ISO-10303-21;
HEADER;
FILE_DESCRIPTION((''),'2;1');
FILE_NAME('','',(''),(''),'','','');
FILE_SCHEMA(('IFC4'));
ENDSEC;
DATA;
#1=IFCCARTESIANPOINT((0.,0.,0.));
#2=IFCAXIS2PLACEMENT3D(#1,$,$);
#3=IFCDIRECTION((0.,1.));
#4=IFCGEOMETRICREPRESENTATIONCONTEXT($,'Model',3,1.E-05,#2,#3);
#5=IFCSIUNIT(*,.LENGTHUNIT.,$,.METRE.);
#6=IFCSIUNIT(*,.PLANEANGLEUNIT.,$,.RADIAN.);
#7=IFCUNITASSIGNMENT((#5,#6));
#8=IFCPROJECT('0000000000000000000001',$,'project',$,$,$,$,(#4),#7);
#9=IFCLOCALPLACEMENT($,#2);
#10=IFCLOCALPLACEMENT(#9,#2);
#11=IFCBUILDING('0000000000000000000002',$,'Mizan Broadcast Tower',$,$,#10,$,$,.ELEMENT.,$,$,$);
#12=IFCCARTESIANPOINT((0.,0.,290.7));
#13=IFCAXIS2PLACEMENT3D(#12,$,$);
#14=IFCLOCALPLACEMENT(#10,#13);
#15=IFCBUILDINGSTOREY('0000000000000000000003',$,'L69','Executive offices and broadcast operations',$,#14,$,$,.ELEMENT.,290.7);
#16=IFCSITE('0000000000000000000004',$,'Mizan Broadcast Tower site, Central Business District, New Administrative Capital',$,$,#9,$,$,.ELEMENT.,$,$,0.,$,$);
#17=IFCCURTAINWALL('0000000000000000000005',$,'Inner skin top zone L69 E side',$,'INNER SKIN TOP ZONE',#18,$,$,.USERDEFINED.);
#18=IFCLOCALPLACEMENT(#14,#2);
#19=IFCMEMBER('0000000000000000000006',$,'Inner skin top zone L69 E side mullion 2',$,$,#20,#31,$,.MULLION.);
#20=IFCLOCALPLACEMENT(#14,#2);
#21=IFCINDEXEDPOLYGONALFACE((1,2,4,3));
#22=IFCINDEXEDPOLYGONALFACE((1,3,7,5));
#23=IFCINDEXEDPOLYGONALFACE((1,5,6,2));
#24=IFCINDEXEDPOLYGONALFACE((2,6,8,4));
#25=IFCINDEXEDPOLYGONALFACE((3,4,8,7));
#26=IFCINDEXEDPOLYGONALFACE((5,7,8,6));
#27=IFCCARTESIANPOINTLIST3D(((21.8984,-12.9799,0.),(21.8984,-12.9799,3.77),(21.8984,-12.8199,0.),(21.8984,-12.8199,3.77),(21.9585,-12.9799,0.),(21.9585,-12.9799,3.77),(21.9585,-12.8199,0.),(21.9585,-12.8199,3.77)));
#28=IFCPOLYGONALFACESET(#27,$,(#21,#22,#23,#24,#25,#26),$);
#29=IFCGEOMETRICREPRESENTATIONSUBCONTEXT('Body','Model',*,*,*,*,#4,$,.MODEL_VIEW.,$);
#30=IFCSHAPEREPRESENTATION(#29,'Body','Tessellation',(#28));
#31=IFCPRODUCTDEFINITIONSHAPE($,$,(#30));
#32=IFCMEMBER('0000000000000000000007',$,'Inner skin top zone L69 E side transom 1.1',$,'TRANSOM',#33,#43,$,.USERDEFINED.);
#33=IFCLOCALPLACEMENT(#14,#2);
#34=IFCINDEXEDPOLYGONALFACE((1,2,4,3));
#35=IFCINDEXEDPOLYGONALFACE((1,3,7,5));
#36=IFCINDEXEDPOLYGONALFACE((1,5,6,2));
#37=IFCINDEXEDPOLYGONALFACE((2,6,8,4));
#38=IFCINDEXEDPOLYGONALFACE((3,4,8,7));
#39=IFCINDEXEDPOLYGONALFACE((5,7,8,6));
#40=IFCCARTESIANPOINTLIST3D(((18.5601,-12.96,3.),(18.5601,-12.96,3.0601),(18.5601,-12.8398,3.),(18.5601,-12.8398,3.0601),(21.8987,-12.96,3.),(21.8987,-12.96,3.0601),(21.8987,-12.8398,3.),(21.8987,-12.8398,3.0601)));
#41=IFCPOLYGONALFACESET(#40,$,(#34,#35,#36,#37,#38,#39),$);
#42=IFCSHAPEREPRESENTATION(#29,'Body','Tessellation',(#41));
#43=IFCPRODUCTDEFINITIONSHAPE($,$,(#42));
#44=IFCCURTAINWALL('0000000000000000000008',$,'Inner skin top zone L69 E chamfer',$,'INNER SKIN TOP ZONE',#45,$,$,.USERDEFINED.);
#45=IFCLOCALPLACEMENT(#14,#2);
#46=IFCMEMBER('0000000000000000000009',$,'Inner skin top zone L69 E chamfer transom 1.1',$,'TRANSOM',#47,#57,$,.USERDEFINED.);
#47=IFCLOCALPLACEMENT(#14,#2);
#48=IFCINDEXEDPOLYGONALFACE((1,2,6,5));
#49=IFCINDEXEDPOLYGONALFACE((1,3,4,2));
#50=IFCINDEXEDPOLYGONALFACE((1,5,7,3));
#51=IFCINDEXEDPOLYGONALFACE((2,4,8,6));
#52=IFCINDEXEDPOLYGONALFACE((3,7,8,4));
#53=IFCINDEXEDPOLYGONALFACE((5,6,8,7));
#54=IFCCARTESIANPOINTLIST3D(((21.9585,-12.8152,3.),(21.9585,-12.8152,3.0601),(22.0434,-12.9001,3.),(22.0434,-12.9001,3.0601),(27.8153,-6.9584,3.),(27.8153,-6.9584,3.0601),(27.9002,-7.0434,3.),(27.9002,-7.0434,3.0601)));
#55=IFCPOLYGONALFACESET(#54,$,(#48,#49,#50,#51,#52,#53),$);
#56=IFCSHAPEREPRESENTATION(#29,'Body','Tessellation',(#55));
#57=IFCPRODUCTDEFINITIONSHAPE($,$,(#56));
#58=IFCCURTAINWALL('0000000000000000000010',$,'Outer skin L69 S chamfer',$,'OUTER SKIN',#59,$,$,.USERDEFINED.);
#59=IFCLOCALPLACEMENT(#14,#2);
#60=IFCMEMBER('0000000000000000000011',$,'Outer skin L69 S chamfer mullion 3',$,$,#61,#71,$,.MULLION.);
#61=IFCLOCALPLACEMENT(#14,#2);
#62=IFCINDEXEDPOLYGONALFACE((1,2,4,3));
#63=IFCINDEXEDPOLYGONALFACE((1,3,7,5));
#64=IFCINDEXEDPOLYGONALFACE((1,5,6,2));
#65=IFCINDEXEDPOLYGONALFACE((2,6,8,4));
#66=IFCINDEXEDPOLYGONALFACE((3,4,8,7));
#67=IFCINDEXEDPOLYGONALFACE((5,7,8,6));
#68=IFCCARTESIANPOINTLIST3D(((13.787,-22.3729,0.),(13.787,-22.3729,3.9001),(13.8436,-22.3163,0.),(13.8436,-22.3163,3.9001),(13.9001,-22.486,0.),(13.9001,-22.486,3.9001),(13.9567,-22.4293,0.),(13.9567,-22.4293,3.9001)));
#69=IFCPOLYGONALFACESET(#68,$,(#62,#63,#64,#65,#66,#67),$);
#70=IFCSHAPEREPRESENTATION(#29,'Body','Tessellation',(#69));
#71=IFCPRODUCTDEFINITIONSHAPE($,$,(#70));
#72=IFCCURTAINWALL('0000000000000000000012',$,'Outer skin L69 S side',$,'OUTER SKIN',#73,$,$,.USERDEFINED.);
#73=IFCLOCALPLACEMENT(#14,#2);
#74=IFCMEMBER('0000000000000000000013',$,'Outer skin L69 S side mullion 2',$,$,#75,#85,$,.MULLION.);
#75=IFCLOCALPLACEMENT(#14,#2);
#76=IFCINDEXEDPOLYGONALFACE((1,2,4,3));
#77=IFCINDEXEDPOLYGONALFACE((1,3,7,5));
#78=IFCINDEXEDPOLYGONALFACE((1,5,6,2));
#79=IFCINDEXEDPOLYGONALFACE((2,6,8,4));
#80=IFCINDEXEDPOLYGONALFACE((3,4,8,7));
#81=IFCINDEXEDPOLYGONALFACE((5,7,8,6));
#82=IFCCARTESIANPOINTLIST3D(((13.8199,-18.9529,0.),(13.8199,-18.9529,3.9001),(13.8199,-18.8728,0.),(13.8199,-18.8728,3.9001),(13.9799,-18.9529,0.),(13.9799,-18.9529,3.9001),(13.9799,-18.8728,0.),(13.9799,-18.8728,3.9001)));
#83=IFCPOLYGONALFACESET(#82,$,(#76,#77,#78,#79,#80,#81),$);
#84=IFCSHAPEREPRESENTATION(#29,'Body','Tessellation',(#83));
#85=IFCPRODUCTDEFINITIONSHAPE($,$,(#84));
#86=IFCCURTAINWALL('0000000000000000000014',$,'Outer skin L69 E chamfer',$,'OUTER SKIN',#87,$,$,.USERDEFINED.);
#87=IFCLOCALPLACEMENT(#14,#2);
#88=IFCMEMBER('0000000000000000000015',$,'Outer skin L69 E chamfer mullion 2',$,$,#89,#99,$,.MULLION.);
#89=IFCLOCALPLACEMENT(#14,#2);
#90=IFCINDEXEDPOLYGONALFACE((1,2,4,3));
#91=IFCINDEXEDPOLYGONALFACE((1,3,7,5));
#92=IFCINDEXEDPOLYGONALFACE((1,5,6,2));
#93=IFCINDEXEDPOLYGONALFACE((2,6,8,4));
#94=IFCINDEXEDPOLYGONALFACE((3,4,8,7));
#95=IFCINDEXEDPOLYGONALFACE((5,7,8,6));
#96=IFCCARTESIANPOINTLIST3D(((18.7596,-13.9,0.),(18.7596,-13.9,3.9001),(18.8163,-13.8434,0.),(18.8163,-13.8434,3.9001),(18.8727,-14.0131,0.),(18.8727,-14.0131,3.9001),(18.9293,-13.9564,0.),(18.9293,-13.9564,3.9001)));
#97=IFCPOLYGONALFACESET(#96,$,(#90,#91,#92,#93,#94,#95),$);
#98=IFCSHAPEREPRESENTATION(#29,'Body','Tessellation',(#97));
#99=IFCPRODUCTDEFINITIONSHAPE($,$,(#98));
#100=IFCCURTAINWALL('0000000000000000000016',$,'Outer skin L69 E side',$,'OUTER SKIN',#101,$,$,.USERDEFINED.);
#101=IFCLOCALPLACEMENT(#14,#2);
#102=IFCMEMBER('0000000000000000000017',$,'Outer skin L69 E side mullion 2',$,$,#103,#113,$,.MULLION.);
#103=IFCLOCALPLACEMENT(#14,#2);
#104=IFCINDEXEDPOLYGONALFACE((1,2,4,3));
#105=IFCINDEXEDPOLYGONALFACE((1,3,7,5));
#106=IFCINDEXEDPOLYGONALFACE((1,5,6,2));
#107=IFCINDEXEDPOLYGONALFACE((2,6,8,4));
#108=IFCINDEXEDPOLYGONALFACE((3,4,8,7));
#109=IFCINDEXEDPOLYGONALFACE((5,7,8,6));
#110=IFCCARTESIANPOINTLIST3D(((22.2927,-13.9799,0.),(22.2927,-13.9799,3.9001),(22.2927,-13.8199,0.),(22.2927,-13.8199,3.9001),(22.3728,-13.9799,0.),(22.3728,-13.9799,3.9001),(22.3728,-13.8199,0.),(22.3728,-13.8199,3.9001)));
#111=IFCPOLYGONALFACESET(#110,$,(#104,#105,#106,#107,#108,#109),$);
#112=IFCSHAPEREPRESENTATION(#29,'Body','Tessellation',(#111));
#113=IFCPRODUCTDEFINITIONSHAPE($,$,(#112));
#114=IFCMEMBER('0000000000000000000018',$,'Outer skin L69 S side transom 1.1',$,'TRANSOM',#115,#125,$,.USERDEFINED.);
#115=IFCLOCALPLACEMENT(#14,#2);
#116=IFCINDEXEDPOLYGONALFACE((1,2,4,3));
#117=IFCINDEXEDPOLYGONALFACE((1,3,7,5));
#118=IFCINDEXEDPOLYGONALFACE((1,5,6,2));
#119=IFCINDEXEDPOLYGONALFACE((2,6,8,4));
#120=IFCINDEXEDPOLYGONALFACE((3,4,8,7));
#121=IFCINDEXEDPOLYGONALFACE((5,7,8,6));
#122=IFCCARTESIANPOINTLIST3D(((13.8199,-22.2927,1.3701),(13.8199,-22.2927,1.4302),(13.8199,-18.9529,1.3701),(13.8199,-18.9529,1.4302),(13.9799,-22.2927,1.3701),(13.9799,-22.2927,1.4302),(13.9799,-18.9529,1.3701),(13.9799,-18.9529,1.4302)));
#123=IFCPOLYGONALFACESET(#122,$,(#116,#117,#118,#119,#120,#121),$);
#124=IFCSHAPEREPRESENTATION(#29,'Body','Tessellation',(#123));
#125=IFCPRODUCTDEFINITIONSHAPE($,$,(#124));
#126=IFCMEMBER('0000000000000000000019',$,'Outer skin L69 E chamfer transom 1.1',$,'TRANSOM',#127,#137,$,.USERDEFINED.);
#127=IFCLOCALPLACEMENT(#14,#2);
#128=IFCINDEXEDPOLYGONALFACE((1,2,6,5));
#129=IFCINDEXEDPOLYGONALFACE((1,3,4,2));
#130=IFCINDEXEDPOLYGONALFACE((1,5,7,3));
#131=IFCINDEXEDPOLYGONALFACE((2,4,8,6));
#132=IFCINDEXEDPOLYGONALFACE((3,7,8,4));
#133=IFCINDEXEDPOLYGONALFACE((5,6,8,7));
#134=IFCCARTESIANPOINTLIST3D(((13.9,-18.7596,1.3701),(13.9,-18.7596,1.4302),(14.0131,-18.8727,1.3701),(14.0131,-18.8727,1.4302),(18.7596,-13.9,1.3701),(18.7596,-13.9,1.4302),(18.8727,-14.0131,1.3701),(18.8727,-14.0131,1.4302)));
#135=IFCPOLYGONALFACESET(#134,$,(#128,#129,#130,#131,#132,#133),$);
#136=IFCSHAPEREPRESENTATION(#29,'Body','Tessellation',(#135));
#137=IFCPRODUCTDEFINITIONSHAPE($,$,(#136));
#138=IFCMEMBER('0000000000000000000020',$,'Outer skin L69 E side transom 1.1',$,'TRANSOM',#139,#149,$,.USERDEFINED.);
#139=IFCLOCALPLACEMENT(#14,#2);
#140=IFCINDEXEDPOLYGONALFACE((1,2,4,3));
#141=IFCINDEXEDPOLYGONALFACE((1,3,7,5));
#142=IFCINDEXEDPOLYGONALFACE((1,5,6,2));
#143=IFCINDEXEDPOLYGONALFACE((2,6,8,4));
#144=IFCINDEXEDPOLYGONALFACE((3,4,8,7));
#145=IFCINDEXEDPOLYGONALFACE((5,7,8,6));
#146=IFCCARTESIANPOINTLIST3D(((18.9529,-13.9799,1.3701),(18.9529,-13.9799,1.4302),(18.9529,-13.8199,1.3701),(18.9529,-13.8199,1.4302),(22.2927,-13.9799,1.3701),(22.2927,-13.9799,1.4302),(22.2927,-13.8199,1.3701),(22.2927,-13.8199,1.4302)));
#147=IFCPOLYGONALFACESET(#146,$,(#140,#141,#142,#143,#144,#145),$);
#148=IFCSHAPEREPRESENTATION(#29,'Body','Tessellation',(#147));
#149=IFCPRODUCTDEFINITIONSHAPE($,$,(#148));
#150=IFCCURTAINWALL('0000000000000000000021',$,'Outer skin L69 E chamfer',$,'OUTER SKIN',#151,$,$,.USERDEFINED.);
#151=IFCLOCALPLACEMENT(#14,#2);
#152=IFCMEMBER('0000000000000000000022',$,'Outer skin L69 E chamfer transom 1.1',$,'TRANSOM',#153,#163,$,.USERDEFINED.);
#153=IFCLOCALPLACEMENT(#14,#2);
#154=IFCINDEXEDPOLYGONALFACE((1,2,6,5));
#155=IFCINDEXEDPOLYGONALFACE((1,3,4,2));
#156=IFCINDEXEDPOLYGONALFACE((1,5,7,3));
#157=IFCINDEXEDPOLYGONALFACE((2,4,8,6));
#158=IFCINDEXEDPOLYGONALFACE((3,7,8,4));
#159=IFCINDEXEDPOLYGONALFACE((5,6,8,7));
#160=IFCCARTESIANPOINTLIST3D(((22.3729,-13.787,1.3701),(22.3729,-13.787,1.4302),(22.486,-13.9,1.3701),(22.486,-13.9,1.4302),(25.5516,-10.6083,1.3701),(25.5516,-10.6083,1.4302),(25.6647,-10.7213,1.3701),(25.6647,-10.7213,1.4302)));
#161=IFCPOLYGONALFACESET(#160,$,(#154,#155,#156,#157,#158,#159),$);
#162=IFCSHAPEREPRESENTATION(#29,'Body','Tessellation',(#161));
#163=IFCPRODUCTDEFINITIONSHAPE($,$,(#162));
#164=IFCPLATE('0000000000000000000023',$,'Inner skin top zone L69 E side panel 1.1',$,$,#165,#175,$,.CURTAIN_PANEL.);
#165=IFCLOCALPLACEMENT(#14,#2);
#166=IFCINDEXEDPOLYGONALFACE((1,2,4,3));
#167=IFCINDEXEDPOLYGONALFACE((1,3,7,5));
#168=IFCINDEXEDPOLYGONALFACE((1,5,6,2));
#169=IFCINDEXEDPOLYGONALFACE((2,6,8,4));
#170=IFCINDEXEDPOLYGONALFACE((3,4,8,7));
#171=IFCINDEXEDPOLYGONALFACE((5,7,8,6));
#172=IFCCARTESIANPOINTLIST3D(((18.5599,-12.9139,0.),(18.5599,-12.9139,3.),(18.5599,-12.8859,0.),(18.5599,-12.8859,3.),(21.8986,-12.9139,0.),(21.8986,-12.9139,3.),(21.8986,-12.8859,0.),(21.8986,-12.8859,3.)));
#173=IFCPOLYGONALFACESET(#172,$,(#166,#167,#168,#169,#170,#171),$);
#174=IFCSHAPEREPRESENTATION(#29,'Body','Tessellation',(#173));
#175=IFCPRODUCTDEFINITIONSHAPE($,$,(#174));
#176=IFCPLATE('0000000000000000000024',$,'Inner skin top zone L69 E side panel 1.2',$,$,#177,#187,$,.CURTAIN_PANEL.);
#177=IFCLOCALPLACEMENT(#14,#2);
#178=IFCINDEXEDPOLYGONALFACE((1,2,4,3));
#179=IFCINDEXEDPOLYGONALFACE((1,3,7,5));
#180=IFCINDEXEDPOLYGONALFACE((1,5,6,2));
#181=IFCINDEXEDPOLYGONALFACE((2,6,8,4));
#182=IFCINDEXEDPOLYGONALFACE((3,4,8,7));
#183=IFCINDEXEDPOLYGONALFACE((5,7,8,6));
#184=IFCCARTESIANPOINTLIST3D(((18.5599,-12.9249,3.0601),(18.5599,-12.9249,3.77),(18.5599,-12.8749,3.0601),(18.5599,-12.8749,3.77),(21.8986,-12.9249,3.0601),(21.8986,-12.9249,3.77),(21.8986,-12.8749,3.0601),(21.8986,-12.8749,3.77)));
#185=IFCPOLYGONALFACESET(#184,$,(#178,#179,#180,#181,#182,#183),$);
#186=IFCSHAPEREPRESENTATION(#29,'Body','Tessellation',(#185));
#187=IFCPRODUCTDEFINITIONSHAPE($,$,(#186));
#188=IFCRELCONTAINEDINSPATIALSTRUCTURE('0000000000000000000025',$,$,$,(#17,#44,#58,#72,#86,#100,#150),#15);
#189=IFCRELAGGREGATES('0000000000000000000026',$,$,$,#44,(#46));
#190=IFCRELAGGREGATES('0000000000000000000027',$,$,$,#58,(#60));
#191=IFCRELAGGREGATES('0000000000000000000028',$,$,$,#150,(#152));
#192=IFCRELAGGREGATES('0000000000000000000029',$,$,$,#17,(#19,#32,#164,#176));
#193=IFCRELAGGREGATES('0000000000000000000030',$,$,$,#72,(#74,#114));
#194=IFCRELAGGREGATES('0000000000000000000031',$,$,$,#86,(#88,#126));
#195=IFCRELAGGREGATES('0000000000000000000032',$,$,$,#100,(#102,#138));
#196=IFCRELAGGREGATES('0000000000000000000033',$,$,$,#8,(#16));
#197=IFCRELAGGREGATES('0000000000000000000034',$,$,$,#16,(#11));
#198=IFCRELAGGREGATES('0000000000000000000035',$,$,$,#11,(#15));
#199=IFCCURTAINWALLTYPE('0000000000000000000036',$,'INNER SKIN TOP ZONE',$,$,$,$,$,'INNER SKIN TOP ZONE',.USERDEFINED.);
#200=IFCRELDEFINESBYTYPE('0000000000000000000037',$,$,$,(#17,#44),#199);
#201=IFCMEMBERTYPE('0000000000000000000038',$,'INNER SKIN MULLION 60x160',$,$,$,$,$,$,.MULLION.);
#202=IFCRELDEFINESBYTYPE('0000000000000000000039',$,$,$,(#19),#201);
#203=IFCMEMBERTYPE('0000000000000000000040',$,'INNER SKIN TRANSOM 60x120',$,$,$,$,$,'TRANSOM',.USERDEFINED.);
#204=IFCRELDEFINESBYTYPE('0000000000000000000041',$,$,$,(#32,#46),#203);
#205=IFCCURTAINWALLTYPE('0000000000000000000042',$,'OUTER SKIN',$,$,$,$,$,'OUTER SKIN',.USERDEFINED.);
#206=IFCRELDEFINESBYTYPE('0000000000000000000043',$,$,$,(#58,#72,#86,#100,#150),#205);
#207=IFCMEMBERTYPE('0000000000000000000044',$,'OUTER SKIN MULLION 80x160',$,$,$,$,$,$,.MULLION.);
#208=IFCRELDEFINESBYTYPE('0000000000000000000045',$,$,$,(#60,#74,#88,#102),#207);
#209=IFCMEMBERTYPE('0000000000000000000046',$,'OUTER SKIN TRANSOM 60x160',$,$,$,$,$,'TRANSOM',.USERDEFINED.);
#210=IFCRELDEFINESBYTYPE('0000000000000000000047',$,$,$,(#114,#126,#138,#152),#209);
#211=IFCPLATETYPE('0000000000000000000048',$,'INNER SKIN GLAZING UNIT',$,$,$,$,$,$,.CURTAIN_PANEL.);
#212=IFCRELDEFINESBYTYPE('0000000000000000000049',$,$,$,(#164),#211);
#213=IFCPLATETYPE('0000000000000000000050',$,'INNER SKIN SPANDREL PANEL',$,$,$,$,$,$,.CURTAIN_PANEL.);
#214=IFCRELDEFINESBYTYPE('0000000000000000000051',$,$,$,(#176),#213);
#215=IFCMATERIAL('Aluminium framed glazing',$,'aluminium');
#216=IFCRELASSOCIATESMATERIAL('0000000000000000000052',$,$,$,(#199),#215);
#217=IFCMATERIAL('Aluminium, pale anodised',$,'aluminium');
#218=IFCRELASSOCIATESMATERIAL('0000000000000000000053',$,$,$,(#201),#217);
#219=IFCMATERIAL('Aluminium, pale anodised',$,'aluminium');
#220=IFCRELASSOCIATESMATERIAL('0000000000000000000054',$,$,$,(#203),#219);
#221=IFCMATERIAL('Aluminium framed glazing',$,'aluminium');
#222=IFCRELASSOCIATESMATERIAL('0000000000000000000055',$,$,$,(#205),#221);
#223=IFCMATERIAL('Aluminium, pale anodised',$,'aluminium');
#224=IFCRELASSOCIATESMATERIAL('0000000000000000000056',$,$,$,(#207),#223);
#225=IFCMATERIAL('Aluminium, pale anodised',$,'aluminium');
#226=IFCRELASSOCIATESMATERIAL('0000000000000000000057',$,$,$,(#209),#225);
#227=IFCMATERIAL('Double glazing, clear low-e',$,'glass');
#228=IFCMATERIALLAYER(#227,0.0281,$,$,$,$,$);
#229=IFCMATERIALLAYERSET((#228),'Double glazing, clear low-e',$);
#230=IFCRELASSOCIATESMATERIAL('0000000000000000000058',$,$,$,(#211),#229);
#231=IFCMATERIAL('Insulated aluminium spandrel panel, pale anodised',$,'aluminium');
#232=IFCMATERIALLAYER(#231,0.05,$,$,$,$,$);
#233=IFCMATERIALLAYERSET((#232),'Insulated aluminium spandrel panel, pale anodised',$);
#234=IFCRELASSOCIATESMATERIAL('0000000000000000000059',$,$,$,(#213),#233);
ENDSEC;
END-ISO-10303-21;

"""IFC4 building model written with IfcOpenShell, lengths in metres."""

from ifc_helpers import new_model, si_unit, direction, frame, origin, origin_2d, place, context, subcontext, project, spatial, rectangle, extrude, material, layer, layer_set, material_profile, profile_set, type_object, element, aggregate, save


model = new_model("IFC4")

# Units and contexts
model_context = context("Model", 3, precision=1e-05, world=origin(), true_north=direction((0.0, 1.0)))
body_context = subcontext(model_context, "Body", "Model", "MODEL_VIEW")
ifc_project = project(units=[si_unit("LENGTHUNIT", "METRE"), si_unit("PLANEANGLEUNIT", "RADIAN")], contexts=[model_context])

# Site, building, storey
site_placement = place(None, origin())
site = spatial("IfcSite", under=ifc_project, at=site_placement, Name="Mizan Broadcast Tower site, Central Business District, New Administrative Capital", CompositionType="ELEMENT", RefElevation=0.0)
building_placement = place(site_placement, origin())
building = spatial("IfcBuilding", under=site, at=building_placement, Name="Mizan Broadcast Tower", CompositionType="ELEMENT")
storey_placement = place(building_placement, frame((0.0, 0.0, 290.7)))
storey = spatial("IfcBuildingStorey", under=building, at=storey_placement, Name="L69", Description="Executive offices and broadcast operations", CompositionType="ELEMENT", Elevation=290.7)

# Curtain wall, members
ifc_material_1 = material(Name="Aluminium framed glazing", Category="aluminium")
curtain_wall_type_1 = type_object("IfcCurtainWallType", Name="INNER SKIN TOP ZONE", ElementType="INNER SKIN TOP ZONE", PredefinedType="USERDEFINED", material=ifc_material_1)
curtain_wall_1_placement = place(storey_placement, origin())
curtain_wall_1 = element("IfcCurtainWall", 1, at=curtain_wall_1_placement, inside=storey, type_object=curtain_wall_type_1, Name="Inner skin top zone L69 E side", ObjectType="INNER SKIN TOP ZONE", PredefinedType="USERDEFINED")
ifc_material_2 = material(Name="Aluminium, pale anodised", Category="aluminium")
ifc_material_profile_1 = material_profile(ifc_material_2, rectangle(XDim=0.1599, YDim=0.0601, at=origin_2d()), Name="MULLION 160x60")
ifc_profile_set_1 = profile_set([ifc_material_profile_1], Name="Aluminium, pale anodised")
member_type_1 = type_object("IfcMemberType", Name="INNER SKIN MULLION 60x160", PredefinedType="MULLION", material=ifc_profile_set_1)
member_1_placement = place(storey_placement, frame((21.9285, -12.8999, 0.0), z_axis=(0.0, 0.0, 1.0), x_axis=(0.0, 1.0, 0.0)))
member_1 = element("IfcMember", 2, at=member_1_placement, type_object=member_type_1, Name="Inner skin top zone L69 E side mullion 2", PredefinedType="MULLION", context=body_context, shape_type="SweptSolid", body=[
    extrude(rectangle(XDim=0.1599, YDim=0.0601, at=origin_2d()), origin(), (0.0, 0.0, 1.0), 3.77),
])
ifc_material_3 = material(Name="Aluminium, pale anodised", Category="aluminium")
ifc_material_profile_2 = material_profile(ifc_material_3, rectangle(XDim=0.1201, YDim=0.0601, at=origin_2d()), Name="TRANSOM 120x60")
ifc_profile_set_2 = profile_set([ifc_material_profile_2], Name="Aluminium, pale anodised")
member_type_2 = type_object("IfcMemberType", Name="INNER SKIN TRANSOM 60x120", ElementType="TRANSOM", PredefinedType="USERDEFINED", material=ifc_profile_set_2)
member_2_placement = place(storey_placement, frame((18.5601, -12.8999, 3.03), z_axis=(1.0, 0.0, 0.0), x_axis=(0.0, 1.0, 0.0)))
member_2 = element("IfcMember", 3, at=member_2_placement, type_object=member_type_2, Name="Inner skin top zone L69 E side transom 1.1", ObjectType="TRANSOM", PredefinedType="USERDEFINED", context=body_context, shape_type="SweptSolid", body=[
    extrude(rectangle(XDim=0.1201, YDim=0.0601, at=origin_2d()), origin(), (0.0, 0.0, 1.0), 3.3386),
])

# Curtain walls, members
curtain_wall_2_placement = place(storey_placement, origin())
curtain_wall_2 = element("IfcCurtainWall", 4, at=curtain_wall_2_placement, inside=storey, type_object=curtain_wall_type_1, Name="Inner skin top zone L69 E chamfer", ObjectType="INNER SKIN TOP ZONE", PredefinedType="USERDEFINED")
member_3_placement = place(storey_placement, frame((22.001, -12.8577, 3.03), z_axis=(0.707107, 0.707107, 0.0), x_axis=(-0.707107, 0.707107, 0.0)))
member_3 = element("IfcMember", 5, at=member_3_placement, type_object=member_type_2, Name="Inner skin top zone L69 E chamfer transom 1.1", ObjectType="TRANSOM", PredefinedType="USERDEFINED", context=body_context, shape_type="SweptSolid", body=[
    extrude(rectangle(XDim=0.1201, YDim=0.0601, at=origin_2d()), origin(), (0.0, 0.0, 1.0), 8.2827),
])
aggregate(curtain_wall_2, [member_3])
ifc_material_4 = material(Name="Aluminium framed glazing", Category="aluminium")
curtain_wall_type_2 = type_object("IfcCurtainWallType", Name="OUTER SKIN", ElementType="OUTER SKIN", PredefinedType="USERDEFINED", material=ifc_material_4)
curtain_wall_3_placement = place(storey_placement, origin())
curtain_wall_3 = element("IfcCurtainWall", 6, at=curtain_wall_3_placement, inside=storey, type_object=curtain_wall_type_2, Name="Outer skin L69 S chamfer", ObjectType="OUTER SKIN", PredefinedType="USERDEFINED")
ifc_material_5 = material(Name="Aluminium, pale anodised", Category="aluminium")
ifc_material_profile_3 = material_profile(ifc_material_5, rectangle(XDim=0.1599, YDim=0.0801, at=origin_2d()), Name="MULLION 160x80")
ifc_profile_set_3 = profile_set([ifc_material_profile_3], Name="Aluminium, pale anodised")
member_type_3 = type_object("IfcMemberType", Name="OUTER SKIN MULLION 80x160", PredefinedType="MULLION", material=ifc_profile_set_3)
member_4_placement = place(storey_placement, frame((13.8718, -22.4011, 0.0), z_axis=(0.0, 0.0, 1.0), x_axis=(-0.707107, 0.707107, 0.0)))
member_4 = element("IfcMember", 7, at=member_4_placement, type_object=member_type_3, Name="Outer skin L69 S chamfer mullion 3", PredefinedType="MULLION", context=body_context, shape_type="SweptSolid", body=[
    extrude(rectangle(XDim=0.1599, YDim=0.0801, at=origin_2d()), origin(), (0.0, 0.0, 1.0), 3.9001),
])
aggregate(curtain_wall_3, [member_4])
curtain_wall_4_placement = place(storey_placement, origin())
curtain_wall_4 = element("IfcCurtainWall", 8, at=curtain_wall_4_placement, inside=storey, type_object=curtain_wall_type_2, Name="Outer skin L69 S side", ObjectType="OUTER SKIN", PredefinedType="USERDEFINED")
member_5_placement = place(storey_placement, frame((13.8999, -18.9128, 0.0), z_axis=(0.0, 0.0, 1.0), x_axis=(-1.0, 0.0, 0.0)))
member_5 = element("IfcMember", 9, at=member_5_placement, type_object=member_type_3, Name="Outer skin L69 S side mullion 2", PredefinedType="MULLION", context=body_context, shape_type="SweptSolid", body=[
    extrude(rectangle(XDim=0.1599, YDim=0.0801, at=origin_2d()), origin(), (0.0, 0.0, 1.0), 3.9001),
])
curtain_wall_5_placement = place(storey_placement, origin())
curtain_wall_5 = element("IfcCurtainWall", 10, at=curtain_wall_5_placement, inside=storey, type_object=curtain_wall_type_2, Name="Outer skin L69 E chamfer", ObjectType="OUTER SKIN", PredefinedType="USERDEFINED")
member_6_placement = place(storey_placement, frame((18.8445, -13.9282, 0.0), z_axis=(0.0, 0.0, 1.0), x_axis=(-0.707107, 0.707107, 0.0)))
member_6 = element("IfcMember", 11, at=member_6_placement, type_object=member_type_3, Name="Outer skin L69 E chamfer mullion 2", PredefinedType="MULLION", context=body_context, shape_type="SweptSolid", body=[
    extrude(rectangle(XDim=0.1599, YDim=0.0801, at=origin_2d()), origin(), (0.0, 0.0, 1.0), 3.9001),
])
curtain_wall_6_placement = place(storey_placement, origin())
curtain_wall_6 = element("IfcCurtainWall", 12, at=curtain_wall_6_placement, inside=storey, type_object=curtain_wall_type_2, Name="Outer skin L69 E side", ObjectType="OUTER SKIN", PredefinedType="USERDEFINED")
member_7_placement = place(storey_placement, frame((22.3328, -13.8999, 0.0), z_axis=(0.0, 0.0, 1.0), x_axis=(0.0, 1.0, 0.0)))
member_7 = element("IfcMember", 13, at=member_7_placement, type_object=member_type_3, Name="Outer skin L69 E side mullion 2", PredefinedType="MULLION", context=body_context, shape_type="SweptSolid", body=[
    extrude(rectangle(XDim=0.1599, YDim=0.0801, at=origin_2d()), origin(), (0.0, 0.0, 1.0), 3.9001),
])

# Members
ifc_material_6 = material(Name="Aluminium, pale anodised", Category="aluminium")
ifc_material_profile_4 = material_profile(ifc_material_6, rectangle(XDim=0.1599, YDim=0.0601, at=origin_2d()), Name="TRANSOM 160x60")
ifc_profile_set_4 = profile_set([ifc_material_profile_4], Name="Aluminium, pale anodised")
member_type_4 = type_object("IfcMemberType", Name="OUTER SKIN TRANSOM 60x160", ElementType="TRANSOM", PredefinedType="USERDEFINED", material=ifc_profile_set_4)
member_8_placement = place(storey_placement, frame((13.8999, -22.2927, 1.4001), z_axis=(0.0, 1.0, 0.0), x_axis=(-1.0, 0.0, 0.0)))
member_8 = element("IfcMember", 14, at=member_8_placement, type_object=member_type_4, Name="Outer skin L69 S side transom 1.1", ObjectType="TRANSOM", PredefinedType="USERDEFINED", context=body_context, shape_type="SweptSolid", body=[
    extrude(rectangle(XDim=0.1599, YDim=0.0601, at=origin_2d()), origin(), (0.0, 0.0, 1.0), 3.3398),
])
member_9_placement = place(storey_placement, frame((13.9565, -18.8162, 1.4001), z_axis=(0.707107, 0.707107, 0.0), x_axis=(-0.707107, 0.707107, 0.0)))
member_9 = element("IfcMember", 15, at=member_9_placement, type_object=member_type_4, Name="Outer skin L69 E chamfer transom 1.1", ObjectType="TRANSOM", PredefinedType="USERDEFINED", context=body_context, shape_type="SweptSolid", body=[
    extrude(rectangle(XDim=0.1599, YDim=0.0601, at=origin_2d()), origin(), (0.0, 0.0, 1.0), 6.8726),
])
member_10_placement = place(storey_placement, frame((18.9529, -13.8999, 1.4001), z_axis=(1.0, 0.0, 0.0), x_axis=(0.0, 1.0, 0.0)))
member_10 = element("IfcMember", 16, at=member_10_placement, type_object=member_type_4, Name="Outer skin L69 E side transom 1.1", ObjectType="TRANSOM", PredefinedType="USERDEFINED", context=body_context, shape_type="SweptSolid", body=[
    extrude(rectangle(XDim=0.1599, YDim=0.0601, at=origin_2d()), origin(), (0.0, 0.0, 1.0), 3.3398),
])

# Curtain wall, member
curtain_wall_7_placement = place(storey_placement, origin())
curtain_wall_7 = element("IfcCurtainWall", 17, at=curtain_wall_7_placement, inside=storey, type_object=curtain_wall_type_2, Name="Outer skin L69 E chamfer", ObjectType="OUTER SKIN", PredefinedType="USERDEFINED")
member_11_placement = place(storey_placement, frame((22.4294, -13.8435, 1.4001), z_axis=(0.707107, 0.707107, 0.0), x_axis=(-0.707107, 0.707107, 0.0)))
member_11 = element("IfcMember", 18, at=member_11_placement, type_object=member_type_4, Name="Outer skin L69 E chamfer transom 1.1", ObjectType="TRANSOM", PredefinedType="USERDEFINED", context=body_context, shape_type="SweptSolid", body=[
    extrude(rectangle(XDim=0.1599, YDim=0.0601, at=origin_2d()), origin(), (0.0, 0.0, 1.0), 4.4954),
])
aggregate(curtain_wall_7, [member_11])

# Plates
ifc_material_7 = material(Name="Double glazing, clear low-e", Category="glass")
ifc_layer_1 = layer(ifc_material_7, 0.0281)
ifc_layer_set_1 = layer_set([ifc_layer_1], Name="Double glazing, clear low-e")
plate_type_1 = type_object("IfcPlateType", Name="INNER SKIN GLAZING UNIT", PredefinedType="CURTAIN_PANEL", material=ifc_layer_set_1)
plate_1_placement = place(storey_placement, frame((20.2292, -12.8999, 0.0), z_axis=(0.0, 0.0, 1.0), x_axis=(1.0, 0.0, 0.0)))
plate_1 = element("IfcPlate", 19, at=plate_1_placement, type_object=plate_type_1, Name="Inner skin top zone L69 E side panel 1.1", PredefinedType="CURTAIN_PANEL", context=body_context, shape_type="SweptSolid", body=[
    extrude(rectangle(XDim=3.3386, YDim=0.0281, at=origin_2d()), origin(), (0.0, 0.0, 1.0), 3.0),
])
ifc_material_8 = material(Name="Insulated aluminium spandrel panel, pale anodised", Category="aluminium")
ifc_layer_2 = layer(ifc_material_8, 0.05)
ifc_layer_set_2 = layer_set([ifc_layer_2], Name="Insulated aluminium spandrel panel, pale anodised")
plate_type_2 = type_object("IfcPlateType", Name="INNER SKIN SPANDREL PANEL", PredefinedType="CURTAIN_PANEL", material=ifc_layer_set_2)
plate_2_placement = place(storey_placement, frame((20.2292, -12.8999, 3.0601), z_axis=(0.0, 0.0, 1.0), x_axis=(1.0, 0.0, 0.0)))
plate_2 = element("IfcPlate", 20, at=plate_2_placement, type_object=plate_type_2, Name="Inner skin top zone L69 E side panel 1.2", PredefinedType="CURTAIN_PANEL", context=body_context, shape_type="SweptSolid", body=[
    extrude(rectangle(XDim=3.3386, YDim=0.05, at=origin_2d()), origin(), (0.0, 0.0, 1.0), 0.71),
])
aggregate(curtain_wall_1, [member_1, member_2, plate_1, plate_2])
aggregate(curtain_wall_4, [member_5, member_8])
aggregate(curtain_wall_5, [member_6, member_9])
aggregate(curtain_wall_6, [member_7, member_10])

save(model, "model.ifc")
